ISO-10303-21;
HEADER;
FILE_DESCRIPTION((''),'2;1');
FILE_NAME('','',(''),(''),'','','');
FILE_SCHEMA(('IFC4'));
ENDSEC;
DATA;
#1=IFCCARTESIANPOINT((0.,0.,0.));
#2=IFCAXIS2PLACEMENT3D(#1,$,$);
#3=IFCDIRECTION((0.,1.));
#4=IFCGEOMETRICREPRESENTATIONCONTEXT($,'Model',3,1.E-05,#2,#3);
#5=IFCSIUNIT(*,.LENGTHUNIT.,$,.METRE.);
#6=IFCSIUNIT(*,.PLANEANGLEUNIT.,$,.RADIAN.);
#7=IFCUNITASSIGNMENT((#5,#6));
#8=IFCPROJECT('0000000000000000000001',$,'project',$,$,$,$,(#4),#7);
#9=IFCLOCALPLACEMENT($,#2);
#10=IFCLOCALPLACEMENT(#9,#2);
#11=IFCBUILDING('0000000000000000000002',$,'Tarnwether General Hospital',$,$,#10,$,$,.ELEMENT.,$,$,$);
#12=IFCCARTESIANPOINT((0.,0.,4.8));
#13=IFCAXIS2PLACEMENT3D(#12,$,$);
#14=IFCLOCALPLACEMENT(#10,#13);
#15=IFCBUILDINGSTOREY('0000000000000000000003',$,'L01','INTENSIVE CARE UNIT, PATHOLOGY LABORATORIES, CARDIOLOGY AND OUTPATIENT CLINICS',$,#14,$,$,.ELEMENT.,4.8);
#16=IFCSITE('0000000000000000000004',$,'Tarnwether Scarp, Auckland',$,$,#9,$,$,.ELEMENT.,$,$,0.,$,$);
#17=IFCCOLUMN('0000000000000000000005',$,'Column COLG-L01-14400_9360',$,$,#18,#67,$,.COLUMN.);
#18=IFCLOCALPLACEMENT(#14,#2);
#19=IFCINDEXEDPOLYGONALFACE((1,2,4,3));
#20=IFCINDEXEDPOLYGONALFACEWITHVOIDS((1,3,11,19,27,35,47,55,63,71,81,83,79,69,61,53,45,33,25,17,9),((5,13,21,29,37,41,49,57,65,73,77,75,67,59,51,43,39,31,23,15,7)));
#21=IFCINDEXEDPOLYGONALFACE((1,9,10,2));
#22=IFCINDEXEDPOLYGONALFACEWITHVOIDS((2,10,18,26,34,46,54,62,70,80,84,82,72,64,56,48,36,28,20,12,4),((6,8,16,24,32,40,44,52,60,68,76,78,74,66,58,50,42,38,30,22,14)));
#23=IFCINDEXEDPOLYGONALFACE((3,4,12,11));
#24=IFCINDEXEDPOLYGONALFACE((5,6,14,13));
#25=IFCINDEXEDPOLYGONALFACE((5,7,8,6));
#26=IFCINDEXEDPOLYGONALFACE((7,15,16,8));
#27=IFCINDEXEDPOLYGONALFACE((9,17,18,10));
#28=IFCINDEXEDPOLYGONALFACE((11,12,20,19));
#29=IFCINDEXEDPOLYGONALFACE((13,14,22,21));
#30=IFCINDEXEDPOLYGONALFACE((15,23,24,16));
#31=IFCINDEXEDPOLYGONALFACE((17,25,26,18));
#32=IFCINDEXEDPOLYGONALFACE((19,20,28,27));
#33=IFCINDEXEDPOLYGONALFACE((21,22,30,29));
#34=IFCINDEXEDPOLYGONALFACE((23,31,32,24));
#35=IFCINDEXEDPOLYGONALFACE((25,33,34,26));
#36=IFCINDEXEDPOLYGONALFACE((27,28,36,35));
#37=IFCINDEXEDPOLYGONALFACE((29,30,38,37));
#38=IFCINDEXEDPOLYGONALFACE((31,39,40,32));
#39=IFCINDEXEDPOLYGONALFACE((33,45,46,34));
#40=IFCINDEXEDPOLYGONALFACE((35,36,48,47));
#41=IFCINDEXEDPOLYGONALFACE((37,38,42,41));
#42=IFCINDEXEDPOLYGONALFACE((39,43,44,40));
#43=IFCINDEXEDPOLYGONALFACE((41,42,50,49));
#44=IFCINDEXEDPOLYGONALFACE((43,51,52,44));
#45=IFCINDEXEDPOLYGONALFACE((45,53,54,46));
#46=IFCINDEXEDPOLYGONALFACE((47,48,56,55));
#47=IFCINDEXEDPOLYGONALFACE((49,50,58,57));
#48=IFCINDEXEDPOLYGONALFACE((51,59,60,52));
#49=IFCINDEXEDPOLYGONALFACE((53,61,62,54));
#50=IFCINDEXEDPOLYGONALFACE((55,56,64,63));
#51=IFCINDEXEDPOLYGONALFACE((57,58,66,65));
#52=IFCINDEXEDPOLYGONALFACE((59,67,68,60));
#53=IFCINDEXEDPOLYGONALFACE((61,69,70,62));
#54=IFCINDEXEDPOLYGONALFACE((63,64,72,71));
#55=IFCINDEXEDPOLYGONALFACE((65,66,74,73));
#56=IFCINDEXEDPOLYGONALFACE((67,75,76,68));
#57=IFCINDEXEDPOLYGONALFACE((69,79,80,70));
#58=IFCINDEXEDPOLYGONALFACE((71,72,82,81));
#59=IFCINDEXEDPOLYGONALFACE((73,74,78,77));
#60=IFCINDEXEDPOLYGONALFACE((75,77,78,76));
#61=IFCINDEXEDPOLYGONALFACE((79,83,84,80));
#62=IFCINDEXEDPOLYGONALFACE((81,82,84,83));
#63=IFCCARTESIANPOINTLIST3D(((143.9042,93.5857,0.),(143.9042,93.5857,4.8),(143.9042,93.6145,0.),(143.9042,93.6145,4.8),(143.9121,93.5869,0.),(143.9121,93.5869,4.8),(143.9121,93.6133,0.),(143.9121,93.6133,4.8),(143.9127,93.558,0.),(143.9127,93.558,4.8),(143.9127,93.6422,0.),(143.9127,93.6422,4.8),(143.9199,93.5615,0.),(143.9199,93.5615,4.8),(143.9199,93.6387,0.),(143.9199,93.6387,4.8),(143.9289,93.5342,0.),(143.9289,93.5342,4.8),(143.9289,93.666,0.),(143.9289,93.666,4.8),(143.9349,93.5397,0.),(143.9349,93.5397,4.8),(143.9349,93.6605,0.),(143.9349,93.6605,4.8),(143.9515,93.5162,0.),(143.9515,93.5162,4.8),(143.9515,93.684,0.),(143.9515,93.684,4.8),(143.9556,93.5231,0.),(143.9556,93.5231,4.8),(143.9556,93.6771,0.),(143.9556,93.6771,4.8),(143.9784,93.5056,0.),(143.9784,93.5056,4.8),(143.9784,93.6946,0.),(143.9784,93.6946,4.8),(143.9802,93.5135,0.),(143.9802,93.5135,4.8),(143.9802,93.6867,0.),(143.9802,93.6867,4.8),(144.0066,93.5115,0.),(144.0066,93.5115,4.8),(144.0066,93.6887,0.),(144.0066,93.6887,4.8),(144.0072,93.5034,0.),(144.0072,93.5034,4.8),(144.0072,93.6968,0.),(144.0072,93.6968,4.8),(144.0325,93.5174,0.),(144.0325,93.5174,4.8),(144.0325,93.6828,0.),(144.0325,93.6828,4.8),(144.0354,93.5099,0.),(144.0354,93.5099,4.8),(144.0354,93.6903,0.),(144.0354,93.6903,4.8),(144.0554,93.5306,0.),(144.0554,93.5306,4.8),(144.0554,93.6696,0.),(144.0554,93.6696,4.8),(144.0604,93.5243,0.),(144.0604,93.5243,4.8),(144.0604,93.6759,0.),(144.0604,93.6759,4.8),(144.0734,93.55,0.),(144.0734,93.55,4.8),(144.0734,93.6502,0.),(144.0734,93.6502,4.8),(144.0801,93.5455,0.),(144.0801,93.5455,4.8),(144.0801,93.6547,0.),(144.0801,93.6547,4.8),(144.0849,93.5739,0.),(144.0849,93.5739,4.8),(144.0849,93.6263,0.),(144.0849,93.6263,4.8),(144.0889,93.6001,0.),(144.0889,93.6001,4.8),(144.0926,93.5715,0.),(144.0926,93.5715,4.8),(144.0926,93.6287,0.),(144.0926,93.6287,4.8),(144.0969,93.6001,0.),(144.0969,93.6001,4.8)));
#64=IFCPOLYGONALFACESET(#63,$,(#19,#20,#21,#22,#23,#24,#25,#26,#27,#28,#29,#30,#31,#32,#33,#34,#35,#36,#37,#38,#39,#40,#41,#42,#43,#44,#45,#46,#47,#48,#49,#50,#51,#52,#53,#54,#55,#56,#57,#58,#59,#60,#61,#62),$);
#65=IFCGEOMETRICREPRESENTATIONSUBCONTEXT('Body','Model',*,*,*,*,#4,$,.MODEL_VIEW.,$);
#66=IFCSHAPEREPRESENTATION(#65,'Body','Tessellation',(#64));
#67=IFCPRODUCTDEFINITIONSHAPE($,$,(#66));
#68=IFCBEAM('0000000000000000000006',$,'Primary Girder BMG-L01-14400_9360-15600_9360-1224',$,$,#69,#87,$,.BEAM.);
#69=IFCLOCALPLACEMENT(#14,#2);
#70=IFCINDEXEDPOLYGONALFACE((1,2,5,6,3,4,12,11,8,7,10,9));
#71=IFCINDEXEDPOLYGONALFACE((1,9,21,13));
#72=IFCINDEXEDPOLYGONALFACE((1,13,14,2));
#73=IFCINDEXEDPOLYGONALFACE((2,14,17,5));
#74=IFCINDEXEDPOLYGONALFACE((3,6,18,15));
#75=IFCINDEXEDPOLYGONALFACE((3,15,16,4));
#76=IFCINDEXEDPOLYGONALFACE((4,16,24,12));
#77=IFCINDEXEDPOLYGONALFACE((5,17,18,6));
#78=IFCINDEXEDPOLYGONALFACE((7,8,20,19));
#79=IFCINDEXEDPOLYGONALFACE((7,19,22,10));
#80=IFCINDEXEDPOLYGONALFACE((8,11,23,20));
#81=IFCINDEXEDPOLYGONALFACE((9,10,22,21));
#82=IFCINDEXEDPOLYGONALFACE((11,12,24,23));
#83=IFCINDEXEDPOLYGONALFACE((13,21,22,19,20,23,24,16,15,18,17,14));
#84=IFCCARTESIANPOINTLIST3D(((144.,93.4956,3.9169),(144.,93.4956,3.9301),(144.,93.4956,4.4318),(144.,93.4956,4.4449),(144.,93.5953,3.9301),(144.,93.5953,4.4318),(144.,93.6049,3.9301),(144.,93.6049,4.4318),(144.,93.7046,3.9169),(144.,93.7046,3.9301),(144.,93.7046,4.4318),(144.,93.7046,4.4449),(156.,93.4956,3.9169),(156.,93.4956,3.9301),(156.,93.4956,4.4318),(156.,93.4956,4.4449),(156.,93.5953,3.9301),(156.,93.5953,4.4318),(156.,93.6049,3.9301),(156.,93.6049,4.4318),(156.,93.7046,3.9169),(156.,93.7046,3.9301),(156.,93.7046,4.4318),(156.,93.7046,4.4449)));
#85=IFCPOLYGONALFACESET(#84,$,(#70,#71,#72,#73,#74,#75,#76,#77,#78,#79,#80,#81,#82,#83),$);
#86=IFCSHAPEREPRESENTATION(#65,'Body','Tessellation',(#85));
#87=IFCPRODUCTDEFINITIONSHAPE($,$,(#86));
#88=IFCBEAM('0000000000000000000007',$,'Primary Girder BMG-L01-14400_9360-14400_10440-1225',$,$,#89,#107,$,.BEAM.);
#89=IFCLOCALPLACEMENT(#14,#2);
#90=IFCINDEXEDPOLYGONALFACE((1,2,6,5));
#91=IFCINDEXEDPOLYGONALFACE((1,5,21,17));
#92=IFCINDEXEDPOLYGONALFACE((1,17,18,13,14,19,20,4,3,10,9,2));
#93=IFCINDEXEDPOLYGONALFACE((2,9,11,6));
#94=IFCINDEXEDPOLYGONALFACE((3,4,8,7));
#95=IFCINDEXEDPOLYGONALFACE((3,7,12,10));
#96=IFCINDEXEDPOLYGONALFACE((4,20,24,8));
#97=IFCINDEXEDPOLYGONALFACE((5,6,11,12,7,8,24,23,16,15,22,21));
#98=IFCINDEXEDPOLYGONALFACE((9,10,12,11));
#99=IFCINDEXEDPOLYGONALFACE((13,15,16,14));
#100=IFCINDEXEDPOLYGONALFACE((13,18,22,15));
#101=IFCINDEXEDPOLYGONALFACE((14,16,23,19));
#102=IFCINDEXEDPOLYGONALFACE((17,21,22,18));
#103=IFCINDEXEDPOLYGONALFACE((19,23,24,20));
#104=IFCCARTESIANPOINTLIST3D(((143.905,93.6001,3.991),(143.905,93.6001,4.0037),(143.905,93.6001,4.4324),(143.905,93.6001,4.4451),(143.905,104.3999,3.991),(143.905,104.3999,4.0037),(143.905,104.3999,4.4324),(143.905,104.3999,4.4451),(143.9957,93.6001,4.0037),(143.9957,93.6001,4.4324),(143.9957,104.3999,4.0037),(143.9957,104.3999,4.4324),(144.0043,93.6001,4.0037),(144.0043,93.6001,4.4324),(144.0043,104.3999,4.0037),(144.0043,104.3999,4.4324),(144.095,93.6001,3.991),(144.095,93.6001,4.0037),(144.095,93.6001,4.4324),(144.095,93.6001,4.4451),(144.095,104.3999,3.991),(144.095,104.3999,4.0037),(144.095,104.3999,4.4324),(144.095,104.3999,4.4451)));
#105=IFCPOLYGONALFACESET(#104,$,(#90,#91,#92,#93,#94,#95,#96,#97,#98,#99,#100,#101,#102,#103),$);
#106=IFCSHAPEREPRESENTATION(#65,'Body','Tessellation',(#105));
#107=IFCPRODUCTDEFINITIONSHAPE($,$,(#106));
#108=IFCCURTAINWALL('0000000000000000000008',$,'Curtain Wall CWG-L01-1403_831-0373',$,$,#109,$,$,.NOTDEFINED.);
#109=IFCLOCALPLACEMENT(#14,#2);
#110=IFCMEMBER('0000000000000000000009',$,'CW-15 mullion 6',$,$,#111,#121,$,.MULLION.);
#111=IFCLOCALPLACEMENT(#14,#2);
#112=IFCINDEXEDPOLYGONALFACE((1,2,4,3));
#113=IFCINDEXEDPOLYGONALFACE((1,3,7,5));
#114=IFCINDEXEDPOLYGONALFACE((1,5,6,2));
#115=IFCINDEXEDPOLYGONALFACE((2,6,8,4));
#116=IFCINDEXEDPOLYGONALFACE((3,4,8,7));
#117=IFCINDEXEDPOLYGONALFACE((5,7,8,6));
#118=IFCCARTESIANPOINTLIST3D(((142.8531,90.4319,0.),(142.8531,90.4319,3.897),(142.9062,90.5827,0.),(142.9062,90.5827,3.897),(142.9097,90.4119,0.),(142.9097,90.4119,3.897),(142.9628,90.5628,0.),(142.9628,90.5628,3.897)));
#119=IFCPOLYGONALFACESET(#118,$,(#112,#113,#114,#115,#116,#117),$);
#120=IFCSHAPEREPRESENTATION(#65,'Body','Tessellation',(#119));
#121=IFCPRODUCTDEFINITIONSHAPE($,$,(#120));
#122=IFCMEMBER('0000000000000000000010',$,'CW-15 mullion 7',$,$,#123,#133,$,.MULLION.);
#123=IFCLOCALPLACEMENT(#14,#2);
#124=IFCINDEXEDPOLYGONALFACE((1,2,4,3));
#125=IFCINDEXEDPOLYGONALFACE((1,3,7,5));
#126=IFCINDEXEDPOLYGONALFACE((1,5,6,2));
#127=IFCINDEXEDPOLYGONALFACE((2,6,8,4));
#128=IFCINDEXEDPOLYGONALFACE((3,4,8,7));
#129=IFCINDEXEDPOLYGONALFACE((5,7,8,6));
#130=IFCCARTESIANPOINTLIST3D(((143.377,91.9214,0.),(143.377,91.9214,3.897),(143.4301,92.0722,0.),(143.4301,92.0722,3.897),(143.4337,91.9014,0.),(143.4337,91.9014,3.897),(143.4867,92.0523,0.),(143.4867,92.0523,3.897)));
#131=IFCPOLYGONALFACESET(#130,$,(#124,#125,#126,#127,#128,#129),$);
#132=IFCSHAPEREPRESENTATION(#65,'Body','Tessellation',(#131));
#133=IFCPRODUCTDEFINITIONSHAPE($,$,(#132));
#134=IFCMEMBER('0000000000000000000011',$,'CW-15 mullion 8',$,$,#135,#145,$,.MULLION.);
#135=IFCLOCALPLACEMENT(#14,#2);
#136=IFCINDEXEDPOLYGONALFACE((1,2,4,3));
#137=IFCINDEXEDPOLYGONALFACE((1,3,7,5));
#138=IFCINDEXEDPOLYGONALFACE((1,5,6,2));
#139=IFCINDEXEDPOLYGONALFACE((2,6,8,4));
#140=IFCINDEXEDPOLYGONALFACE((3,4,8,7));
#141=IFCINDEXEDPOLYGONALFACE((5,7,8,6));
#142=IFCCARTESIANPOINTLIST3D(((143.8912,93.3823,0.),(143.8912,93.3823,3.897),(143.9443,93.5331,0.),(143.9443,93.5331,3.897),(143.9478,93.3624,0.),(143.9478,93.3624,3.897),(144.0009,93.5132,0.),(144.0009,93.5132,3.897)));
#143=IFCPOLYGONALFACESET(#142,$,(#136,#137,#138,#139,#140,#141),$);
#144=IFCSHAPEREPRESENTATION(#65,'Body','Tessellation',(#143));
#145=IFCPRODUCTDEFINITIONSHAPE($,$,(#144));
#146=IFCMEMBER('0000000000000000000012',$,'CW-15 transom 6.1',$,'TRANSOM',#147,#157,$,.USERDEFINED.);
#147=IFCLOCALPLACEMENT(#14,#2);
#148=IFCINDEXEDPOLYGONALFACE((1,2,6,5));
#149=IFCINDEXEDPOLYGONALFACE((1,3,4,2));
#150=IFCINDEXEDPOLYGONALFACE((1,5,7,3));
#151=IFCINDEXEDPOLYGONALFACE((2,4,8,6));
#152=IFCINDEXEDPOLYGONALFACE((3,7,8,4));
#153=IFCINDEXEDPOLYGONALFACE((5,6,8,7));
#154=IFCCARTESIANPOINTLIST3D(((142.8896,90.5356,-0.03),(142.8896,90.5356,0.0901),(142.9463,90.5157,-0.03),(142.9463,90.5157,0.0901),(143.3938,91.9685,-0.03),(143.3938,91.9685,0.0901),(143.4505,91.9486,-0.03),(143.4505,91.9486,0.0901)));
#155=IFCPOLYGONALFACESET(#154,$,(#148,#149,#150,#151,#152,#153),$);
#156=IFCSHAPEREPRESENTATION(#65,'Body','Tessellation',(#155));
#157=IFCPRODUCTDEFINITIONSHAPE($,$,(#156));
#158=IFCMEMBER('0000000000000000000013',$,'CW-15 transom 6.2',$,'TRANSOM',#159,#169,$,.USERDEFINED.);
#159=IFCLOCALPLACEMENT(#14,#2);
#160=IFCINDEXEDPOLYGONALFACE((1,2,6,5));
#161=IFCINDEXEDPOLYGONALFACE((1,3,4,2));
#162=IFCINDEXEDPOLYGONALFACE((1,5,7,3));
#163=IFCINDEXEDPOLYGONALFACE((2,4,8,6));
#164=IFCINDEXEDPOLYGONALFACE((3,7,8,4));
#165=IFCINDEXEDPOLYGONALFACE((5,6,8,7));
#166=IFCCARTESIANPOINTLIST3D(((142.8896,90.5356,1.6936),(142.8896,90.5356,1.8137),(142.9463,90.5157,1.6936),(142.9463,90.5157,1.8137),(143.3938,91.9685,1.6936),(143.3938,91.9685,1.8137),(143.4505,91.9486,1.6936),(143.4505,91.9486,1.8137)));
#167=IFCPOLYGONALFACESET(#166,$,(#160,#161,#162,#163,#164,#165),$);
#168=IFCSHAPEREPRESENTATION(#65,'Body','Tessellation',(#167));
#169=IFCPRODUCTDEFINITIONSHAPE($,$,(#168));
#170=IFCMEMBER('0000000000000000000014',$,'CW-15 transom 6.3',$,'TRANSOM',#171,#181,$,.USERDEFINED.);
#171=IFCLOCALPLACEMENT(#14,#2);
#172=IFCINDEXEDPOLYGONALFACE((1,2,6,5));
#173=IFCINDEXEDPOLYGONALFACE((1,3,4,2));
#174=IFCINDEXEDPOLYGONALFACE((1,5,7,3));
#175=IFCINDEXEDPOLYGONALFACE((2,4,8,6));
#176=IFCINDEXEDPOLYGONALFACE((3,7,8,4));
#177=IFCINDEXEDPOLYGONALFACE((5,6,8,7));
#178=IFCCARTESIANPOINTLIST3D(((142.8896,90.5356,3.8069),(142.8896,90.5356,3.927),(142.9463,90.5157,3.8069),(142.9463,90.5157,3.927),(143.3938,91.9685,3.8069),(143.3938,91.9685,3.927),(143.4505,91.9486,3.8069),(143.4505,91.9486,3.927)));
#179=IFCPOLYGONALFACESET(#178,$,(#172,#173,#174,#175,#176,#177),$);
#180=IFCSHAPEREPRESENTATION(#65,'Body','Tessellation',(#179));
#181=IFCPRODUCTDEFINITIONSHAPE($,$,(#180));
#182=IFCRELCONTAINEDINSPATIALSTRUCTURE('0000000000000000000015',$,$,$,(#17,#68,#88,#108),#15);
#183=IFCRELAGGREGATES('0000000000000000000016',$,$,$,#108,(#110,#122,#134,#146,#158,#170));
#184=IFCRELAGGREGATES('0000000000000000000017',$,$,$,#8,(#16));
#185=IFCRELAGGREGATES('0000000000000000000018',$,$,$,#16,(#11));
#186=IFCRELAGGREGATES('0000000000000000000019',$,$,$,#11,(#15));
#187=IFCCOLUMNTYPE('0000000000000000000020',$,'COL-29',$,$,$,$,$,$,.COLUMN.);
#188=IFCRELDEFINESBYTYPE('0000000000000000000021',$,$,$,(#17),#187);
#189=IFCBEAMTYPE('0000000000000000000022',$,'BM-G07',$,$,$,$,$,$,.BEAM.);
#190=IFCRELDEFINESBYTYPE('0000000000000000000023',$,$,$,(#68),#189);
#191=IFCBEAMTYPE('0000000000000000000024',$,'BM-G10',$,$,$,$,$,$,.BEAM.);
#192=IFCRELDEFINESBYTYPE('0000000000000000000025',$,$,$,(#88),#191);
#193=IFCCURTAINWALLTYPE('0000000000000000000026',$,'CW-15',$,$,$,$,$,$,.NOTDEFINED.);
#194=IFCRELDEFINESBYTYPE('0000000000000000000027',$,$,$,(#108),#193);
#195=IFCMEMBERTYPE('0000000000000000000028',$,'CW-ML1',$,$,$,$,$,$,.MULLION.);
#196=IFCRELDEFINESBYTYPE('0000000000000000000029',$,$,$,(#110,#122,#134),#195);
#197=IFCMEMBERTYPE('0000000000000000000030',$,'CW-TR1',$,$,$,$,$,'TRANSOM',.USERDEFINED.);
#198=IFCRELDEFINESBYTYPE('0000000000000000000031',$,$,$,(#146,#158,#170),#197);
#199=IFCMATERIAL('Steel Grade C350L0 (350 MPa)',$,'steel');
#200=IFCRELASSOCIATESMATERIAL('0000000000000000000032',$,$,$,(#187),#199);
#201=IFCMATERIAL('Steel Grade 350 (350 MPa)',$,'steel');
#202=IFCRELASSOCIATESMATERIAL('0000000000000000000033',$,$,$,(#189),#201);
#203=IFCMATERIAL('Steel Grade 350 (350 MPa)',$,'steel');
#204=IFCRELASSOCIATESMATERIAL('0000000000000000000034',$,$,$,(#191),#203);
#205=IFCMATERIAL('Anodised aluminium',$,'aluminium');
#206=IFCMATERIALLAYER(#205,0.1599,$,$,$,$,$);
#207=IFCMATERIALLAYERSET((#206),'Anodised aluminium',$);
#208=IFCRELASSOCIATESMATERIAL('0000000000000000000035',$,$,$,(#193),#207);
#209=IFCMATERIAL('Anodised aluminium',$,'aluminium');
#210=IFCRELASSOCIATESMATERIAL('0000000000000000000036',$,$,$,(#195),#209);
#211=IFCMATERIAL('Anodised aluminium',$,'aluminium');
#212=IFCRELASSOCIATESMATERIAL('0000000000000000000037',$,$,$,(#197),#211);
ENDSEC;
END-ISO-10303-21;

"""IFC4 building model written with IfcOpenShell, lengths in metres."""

from ifc_helpers import new_model, si_unit, direction, frame, origin, origin_2d, place, context, subcontext, project, spatial, rectangle, hollow_circle, i_section, extrude, material, layer, layer_set, material_profile, profile_set, type_object, element, aggregate, save


model = new_model("IFC4")

# Units and contexts
model_context = context("Model", 3, precision=1e-05, world=origin(), true_north=direction((0.0, 1.0)))
body_context = subcontext(model_context, "Body", "Model", "MODEL_VIEW")
ifc_project = project(units=[si_unit("LENGTHUNIT", "METRE"), si_unit("PLANEANGLEUNIT", "RADIAN")], contexts=[model_context])

# Site, building, storey
site_placement = place(None, origin())
site = spatial("IfcSite", under=ifc_project, at=site_placement, Name="Tarnwether Scarp, Auckland", CompositionType="ELEMENT", RefElevation=0.0)
building_placement = place(site_placement, origin())
building = spatial("IfcBuilding", under=site, at=building_placement, Name="Tarnwether General Hospital", CompositionType="ELEMENT")
storey_placement = place(building_placement, frame((0.0, 0.0, 4.8)))
storey = spatial("IfcBuildingStorey", under=building, at=storey_placement, Name="L01", Description="INTENSIVE CARE UNIT, PATHOLOGY LABORATORIES, CARDIOLOGY AND OUTPATIENT CLINICS", CompositionType="ELEMENT", Elevation=4.8)

# Column
ifc_material_1 = material(Name="Steel Grade C350L0 (350 MPa)", Category="steel")
ifc_material_profile_1 = material_profile(ifc_material_1, hollow_circle(Radius=0.0969, WallThickness=0.0081, at=origin_2d()), Name="CHS193.7x8.0")
ifc_profile_set_1 = profile_set([ifc_material_profile_1], Name="Steel Grade C350L0 (350 MPa)")
column_type = type_object("IfcColumnType", Name="COL-29", PredefinedType="COLUMN", material=ifc_profile_set_1)
column_placement = place(storey_placement, frame((144.0, 93.6001, 0.0), z_axis=(0.0, 0.0, 1.0), x_axis=(1.0, 0.0, 0.0)))
element("IfcColumn", 1, at=column_placement, inside=storey, type_object=column_type, Name="Column COLG-L01-14400_9360", PredefinedType="COLUMN", context=body_context, shape_type="SweptSolid", body=[
    extrude(hollow_circle(Radius=0.0969, WallThickness=0.0081, at=origin_2d()), origin(), (0.0, 0.0, 1.0), 4.8),
])

# Beams
ifc_material_2 = material(Name="Steel Grade 350 (350 MPa)", Category="steel")
ifc_material_profile_2 = material_profile(ifc_material_2, i_section(OverallWidth=0.209, OverallDepth=0.5281, WebThickness=0.0095, FlangeThickness=0.0132, at=origin_2d()), Name="530UB82.0")
ifc_profile_set_2 = profile_set([ifc_material_profile_2], Name="Steel Grade 350 (350 MPa)")
beam_type_1 = type_object("IfcBeamType", Name="BM-G07", PredefinedType="BEAM", material=ifc_profile_set_2)
beam_1_placement = place(storey_placement, frame((144.0, 93.6001, 4.1809), z_axis=(1.0, 0.0, 0.0), x_axis=(0.0, 1.0, 0.0)))
element("IfcBeam", 2, at=beam_1_placement, inside=storey, type_object=beam_type_1, Name="Primary Girder BMG-L01-14400_9360-15600_9360-1224", PredefinedType="BEAM", context=body_context, shape_type="SweptSolid", body=[
    extrude(i_section(OverallWidth=0.209, OverallDepth=0.5281, WebThickness=0.0095, FlangeThickness=0.0132, at=origin_2d()), origin(), (0.0, 0.0, 1.0), 12.0),
])
ifc_material_3 = material(Name="Steel Grade 350 (350 MPa)", Category="steel")
ifc_material_profile_3 = material_profile(ifc_material_3, i_section(OverallWidth=0.1899, OverallDepth=0.4541, WebThickness=0.0085, FlangeThickness=0.0127, at=origin_2d()), Name="460UB67.1")
ifc_profile_set_3 = profile_set([ifc_material_profile_3], Name="Steel Grade 350 (350 MPa)")
beam_type_2 = type_object("IfcBeamType", Name="BM-G10", PredefinedType="BEAM", material=ifc_profile_set_3)
beam_2_placement = place(storey_placement, frame((144.0, 93.6001, 4.218), z_axis=(0.0, 1.0, 0.0), x_axis=(-1.0, 0.0, 0.0)))
element("IfcBeam", 3, at=beam_2_placement, inside=storey, type_object=beam_type_2, Name="Primary Girder BMG-L01-14400_9360-14400_10440-1225", PredefinedType="BEAM", context=body_context, shape_type="SweptSolid", body=[
    extrude(i_section(OverallWidth=0.1899, OverallDepth=0.4541, WebThickness=0.0085, FlangeThickness=0.0127, at=origin_2d()), origin(), (0.0, 0.0, 1.0), 10.7998),
])

# Curtain wall, members
ifc_material_4 = material(Name="Anodised aluminium", Category="aluminium")
ifc_layer_1 = layer(ifc_material_4, 0.1599)
ifc_layer_set_1 = layer_set([ifc_layer_1], Name="Anodised aluminium")
curtain_wall_type = type_object("IfcCurtainWallType", Name="CW-15", PredefinedType="NOTDEFINED", material=ifc_layer_set_1)
curtain_wall_placement = place(storey_placement, origin())
curtain_wall = element("IfcCurtainWall", 4, at=curtain_wall_placement, inside=storey, type_object=curtain_wall_type, Name="Curtain Wall CWG-L01-1403_831-0373", PredefinedType="NOTDEFINED")
ifc_material_5 = material(Name="Anodised aluminium", Category="aluminium")
ifc_material_profile_4 = material_profile(ifc_material_5, rectangle(XDim=0.0601, YDim=0.1599, at=origin_2d()), Name="ALU-MUL-60x160")
ifc_profile_set_4 = profile_set([ifc_material_profile_4], Name="Anodised aluminium")
member_type_1 = type_object("IfcMemberType", Name="CW-ML1", PredefinedType="MULLION", material=ifc_profile_set_4)
member_1_placement = place(storey_placement, frame((142.908, 90.4973, 0.0), z_axis=(0.0, 0.0, 1.0), x_axis=(-0.943314, 0.331902, 0.0)))
member_1 = element("IfcMember", 5, at=member_1_placement, type_object=member_type_1, Name="CW-15 mullion 6", PredefinedType="MULLION", context=body_context, shape_type="SweptSolid", body=[
    extrude(rectangle(XDim=0.0601, YDim=0.1599, at=origin_2d()), origin(), (0.0, 0.0, 1.0), 3.897),
])
member_2_placement = place(storey_placement, frame((143.4319, 91.9868, 0.0), z_axis=(0.0, 0.0, 1.0), x_axis=(-0.943314, 0.331902, 0.0)))
member_2 = element("IfcMember", 6, at=member_2_placement, type_object=member_type_1, Name="CW-15 mullion 7", PredefinedType="MULLION", context=body_context, shape_type="SweptSolid", body=[
    extrude(rectangle(XDim=0.0601, YDim=0.1599, at=origin_2d()), origin(), (0.0, 0.0, 1.0), 3.897),
])
member_3_placement = place(storey_placement, frame((143.946, 93.4478, 0.0), z_axis=(0.0, 0.0, 1.0), x_axis=(-0.943314, 0.331902, 0.0)))
member_3 = element("IfcMember", 7, at=member_3_placement, type_object=member_type_1, Name="CW-15 mullion 8", PredefinedType="MULLION", context=body_context, shape_type="SweptSolid", body=[
    extrude(rectangle(XDim=0.0601, YDim=0.1599, at=origin_2d()), origin(), (0.0, 0.0, 1.0), 3.897),
])
ifc_material_6 = material(Name="Anodised aluminium", Category="aluminium")
ifc_material_profile_5 = material_profile(ifc_material_6, rectangle(XDim=0.0601, YDim=0.1201, at=origin_2d()), Name="ALU-TRN-60x120")
ifc_profile_set_5 = profile_set([ifc_material_profile_5], Name="Anodised aluminium")
member_type_2 = type_object("IfcMemberType", Name="CW-TR1", ElementType="TRANSOM", PredefinedType="USERDEFINED", material=ifc_profile_set_5)
member_4_placement = place(storey_placement, frame((142.918, 90.5256, 0.03), z_axis=(0.331904, 0.943313, 0.0), x_axis=(-0.943313, 0.331904, 0.0)))
member_4 = element("IfcMember", 8, at=member_4_placement, type_object=member_type_2, Name="CW-15 transom 6.1", ObjectType="TRANSOM", PredefinedType="USERDEFINED", context=body_context, shape_type="SweptSolid", body=[
    extrude(rectangle(XDim=0.0601, YDim=0.1201, at=origin_2d()), origin(), (0.0, 0.0, 1.0), 1.519),
])
member_5_placement = place(storey_placement, frame((142.918, 90.5256, 1.7537), z_axis=(0.331904, 0.943313, 0.0), x_axis=(-0.943313, 0.331904, 0.0)))
member_5 = element("IfcMember", 9, at=member_5_placement, type_object=member_type_2, Name="CW-15 transom 6.2", ObjectType="TRANSOM", PredefinedType="USERDEFINED", context=body_context, shape_type="SweptSolid", body=[
    extrude(rectangle(XDim=0.0601, YDim=0.1201, at=origin_2d()), origin(), (0.0, 0.0, 1.0), 1.519),
])
member_6_placement = place(storey_placement, frame((142.918, 90.5256, 3.8669), z_axis=(0.331904, 0.943313, 0.0), x_axis=(-0.943313, 0.331904, 0.0)))
member_6 = element("IfcMember", 10, at=member_6_placement, type_object=member_type_2, Name="CW-15 transom 6.3", ObjectType="TRANSOM", PredefinedType="USERDEFINED", context=body_context, shape_type="SweptSolid", body=[
    extrude(rectangle(XDim=0.0601, YDim=0.1201, at=origin_2d()), origin(), (0.0, 0.0, 1.0), 1.519),
])
aggregate(curtain_wall, [member_1, member_2, member_3, member_4, member_5, member_6])

save(model, "model.ifc")
